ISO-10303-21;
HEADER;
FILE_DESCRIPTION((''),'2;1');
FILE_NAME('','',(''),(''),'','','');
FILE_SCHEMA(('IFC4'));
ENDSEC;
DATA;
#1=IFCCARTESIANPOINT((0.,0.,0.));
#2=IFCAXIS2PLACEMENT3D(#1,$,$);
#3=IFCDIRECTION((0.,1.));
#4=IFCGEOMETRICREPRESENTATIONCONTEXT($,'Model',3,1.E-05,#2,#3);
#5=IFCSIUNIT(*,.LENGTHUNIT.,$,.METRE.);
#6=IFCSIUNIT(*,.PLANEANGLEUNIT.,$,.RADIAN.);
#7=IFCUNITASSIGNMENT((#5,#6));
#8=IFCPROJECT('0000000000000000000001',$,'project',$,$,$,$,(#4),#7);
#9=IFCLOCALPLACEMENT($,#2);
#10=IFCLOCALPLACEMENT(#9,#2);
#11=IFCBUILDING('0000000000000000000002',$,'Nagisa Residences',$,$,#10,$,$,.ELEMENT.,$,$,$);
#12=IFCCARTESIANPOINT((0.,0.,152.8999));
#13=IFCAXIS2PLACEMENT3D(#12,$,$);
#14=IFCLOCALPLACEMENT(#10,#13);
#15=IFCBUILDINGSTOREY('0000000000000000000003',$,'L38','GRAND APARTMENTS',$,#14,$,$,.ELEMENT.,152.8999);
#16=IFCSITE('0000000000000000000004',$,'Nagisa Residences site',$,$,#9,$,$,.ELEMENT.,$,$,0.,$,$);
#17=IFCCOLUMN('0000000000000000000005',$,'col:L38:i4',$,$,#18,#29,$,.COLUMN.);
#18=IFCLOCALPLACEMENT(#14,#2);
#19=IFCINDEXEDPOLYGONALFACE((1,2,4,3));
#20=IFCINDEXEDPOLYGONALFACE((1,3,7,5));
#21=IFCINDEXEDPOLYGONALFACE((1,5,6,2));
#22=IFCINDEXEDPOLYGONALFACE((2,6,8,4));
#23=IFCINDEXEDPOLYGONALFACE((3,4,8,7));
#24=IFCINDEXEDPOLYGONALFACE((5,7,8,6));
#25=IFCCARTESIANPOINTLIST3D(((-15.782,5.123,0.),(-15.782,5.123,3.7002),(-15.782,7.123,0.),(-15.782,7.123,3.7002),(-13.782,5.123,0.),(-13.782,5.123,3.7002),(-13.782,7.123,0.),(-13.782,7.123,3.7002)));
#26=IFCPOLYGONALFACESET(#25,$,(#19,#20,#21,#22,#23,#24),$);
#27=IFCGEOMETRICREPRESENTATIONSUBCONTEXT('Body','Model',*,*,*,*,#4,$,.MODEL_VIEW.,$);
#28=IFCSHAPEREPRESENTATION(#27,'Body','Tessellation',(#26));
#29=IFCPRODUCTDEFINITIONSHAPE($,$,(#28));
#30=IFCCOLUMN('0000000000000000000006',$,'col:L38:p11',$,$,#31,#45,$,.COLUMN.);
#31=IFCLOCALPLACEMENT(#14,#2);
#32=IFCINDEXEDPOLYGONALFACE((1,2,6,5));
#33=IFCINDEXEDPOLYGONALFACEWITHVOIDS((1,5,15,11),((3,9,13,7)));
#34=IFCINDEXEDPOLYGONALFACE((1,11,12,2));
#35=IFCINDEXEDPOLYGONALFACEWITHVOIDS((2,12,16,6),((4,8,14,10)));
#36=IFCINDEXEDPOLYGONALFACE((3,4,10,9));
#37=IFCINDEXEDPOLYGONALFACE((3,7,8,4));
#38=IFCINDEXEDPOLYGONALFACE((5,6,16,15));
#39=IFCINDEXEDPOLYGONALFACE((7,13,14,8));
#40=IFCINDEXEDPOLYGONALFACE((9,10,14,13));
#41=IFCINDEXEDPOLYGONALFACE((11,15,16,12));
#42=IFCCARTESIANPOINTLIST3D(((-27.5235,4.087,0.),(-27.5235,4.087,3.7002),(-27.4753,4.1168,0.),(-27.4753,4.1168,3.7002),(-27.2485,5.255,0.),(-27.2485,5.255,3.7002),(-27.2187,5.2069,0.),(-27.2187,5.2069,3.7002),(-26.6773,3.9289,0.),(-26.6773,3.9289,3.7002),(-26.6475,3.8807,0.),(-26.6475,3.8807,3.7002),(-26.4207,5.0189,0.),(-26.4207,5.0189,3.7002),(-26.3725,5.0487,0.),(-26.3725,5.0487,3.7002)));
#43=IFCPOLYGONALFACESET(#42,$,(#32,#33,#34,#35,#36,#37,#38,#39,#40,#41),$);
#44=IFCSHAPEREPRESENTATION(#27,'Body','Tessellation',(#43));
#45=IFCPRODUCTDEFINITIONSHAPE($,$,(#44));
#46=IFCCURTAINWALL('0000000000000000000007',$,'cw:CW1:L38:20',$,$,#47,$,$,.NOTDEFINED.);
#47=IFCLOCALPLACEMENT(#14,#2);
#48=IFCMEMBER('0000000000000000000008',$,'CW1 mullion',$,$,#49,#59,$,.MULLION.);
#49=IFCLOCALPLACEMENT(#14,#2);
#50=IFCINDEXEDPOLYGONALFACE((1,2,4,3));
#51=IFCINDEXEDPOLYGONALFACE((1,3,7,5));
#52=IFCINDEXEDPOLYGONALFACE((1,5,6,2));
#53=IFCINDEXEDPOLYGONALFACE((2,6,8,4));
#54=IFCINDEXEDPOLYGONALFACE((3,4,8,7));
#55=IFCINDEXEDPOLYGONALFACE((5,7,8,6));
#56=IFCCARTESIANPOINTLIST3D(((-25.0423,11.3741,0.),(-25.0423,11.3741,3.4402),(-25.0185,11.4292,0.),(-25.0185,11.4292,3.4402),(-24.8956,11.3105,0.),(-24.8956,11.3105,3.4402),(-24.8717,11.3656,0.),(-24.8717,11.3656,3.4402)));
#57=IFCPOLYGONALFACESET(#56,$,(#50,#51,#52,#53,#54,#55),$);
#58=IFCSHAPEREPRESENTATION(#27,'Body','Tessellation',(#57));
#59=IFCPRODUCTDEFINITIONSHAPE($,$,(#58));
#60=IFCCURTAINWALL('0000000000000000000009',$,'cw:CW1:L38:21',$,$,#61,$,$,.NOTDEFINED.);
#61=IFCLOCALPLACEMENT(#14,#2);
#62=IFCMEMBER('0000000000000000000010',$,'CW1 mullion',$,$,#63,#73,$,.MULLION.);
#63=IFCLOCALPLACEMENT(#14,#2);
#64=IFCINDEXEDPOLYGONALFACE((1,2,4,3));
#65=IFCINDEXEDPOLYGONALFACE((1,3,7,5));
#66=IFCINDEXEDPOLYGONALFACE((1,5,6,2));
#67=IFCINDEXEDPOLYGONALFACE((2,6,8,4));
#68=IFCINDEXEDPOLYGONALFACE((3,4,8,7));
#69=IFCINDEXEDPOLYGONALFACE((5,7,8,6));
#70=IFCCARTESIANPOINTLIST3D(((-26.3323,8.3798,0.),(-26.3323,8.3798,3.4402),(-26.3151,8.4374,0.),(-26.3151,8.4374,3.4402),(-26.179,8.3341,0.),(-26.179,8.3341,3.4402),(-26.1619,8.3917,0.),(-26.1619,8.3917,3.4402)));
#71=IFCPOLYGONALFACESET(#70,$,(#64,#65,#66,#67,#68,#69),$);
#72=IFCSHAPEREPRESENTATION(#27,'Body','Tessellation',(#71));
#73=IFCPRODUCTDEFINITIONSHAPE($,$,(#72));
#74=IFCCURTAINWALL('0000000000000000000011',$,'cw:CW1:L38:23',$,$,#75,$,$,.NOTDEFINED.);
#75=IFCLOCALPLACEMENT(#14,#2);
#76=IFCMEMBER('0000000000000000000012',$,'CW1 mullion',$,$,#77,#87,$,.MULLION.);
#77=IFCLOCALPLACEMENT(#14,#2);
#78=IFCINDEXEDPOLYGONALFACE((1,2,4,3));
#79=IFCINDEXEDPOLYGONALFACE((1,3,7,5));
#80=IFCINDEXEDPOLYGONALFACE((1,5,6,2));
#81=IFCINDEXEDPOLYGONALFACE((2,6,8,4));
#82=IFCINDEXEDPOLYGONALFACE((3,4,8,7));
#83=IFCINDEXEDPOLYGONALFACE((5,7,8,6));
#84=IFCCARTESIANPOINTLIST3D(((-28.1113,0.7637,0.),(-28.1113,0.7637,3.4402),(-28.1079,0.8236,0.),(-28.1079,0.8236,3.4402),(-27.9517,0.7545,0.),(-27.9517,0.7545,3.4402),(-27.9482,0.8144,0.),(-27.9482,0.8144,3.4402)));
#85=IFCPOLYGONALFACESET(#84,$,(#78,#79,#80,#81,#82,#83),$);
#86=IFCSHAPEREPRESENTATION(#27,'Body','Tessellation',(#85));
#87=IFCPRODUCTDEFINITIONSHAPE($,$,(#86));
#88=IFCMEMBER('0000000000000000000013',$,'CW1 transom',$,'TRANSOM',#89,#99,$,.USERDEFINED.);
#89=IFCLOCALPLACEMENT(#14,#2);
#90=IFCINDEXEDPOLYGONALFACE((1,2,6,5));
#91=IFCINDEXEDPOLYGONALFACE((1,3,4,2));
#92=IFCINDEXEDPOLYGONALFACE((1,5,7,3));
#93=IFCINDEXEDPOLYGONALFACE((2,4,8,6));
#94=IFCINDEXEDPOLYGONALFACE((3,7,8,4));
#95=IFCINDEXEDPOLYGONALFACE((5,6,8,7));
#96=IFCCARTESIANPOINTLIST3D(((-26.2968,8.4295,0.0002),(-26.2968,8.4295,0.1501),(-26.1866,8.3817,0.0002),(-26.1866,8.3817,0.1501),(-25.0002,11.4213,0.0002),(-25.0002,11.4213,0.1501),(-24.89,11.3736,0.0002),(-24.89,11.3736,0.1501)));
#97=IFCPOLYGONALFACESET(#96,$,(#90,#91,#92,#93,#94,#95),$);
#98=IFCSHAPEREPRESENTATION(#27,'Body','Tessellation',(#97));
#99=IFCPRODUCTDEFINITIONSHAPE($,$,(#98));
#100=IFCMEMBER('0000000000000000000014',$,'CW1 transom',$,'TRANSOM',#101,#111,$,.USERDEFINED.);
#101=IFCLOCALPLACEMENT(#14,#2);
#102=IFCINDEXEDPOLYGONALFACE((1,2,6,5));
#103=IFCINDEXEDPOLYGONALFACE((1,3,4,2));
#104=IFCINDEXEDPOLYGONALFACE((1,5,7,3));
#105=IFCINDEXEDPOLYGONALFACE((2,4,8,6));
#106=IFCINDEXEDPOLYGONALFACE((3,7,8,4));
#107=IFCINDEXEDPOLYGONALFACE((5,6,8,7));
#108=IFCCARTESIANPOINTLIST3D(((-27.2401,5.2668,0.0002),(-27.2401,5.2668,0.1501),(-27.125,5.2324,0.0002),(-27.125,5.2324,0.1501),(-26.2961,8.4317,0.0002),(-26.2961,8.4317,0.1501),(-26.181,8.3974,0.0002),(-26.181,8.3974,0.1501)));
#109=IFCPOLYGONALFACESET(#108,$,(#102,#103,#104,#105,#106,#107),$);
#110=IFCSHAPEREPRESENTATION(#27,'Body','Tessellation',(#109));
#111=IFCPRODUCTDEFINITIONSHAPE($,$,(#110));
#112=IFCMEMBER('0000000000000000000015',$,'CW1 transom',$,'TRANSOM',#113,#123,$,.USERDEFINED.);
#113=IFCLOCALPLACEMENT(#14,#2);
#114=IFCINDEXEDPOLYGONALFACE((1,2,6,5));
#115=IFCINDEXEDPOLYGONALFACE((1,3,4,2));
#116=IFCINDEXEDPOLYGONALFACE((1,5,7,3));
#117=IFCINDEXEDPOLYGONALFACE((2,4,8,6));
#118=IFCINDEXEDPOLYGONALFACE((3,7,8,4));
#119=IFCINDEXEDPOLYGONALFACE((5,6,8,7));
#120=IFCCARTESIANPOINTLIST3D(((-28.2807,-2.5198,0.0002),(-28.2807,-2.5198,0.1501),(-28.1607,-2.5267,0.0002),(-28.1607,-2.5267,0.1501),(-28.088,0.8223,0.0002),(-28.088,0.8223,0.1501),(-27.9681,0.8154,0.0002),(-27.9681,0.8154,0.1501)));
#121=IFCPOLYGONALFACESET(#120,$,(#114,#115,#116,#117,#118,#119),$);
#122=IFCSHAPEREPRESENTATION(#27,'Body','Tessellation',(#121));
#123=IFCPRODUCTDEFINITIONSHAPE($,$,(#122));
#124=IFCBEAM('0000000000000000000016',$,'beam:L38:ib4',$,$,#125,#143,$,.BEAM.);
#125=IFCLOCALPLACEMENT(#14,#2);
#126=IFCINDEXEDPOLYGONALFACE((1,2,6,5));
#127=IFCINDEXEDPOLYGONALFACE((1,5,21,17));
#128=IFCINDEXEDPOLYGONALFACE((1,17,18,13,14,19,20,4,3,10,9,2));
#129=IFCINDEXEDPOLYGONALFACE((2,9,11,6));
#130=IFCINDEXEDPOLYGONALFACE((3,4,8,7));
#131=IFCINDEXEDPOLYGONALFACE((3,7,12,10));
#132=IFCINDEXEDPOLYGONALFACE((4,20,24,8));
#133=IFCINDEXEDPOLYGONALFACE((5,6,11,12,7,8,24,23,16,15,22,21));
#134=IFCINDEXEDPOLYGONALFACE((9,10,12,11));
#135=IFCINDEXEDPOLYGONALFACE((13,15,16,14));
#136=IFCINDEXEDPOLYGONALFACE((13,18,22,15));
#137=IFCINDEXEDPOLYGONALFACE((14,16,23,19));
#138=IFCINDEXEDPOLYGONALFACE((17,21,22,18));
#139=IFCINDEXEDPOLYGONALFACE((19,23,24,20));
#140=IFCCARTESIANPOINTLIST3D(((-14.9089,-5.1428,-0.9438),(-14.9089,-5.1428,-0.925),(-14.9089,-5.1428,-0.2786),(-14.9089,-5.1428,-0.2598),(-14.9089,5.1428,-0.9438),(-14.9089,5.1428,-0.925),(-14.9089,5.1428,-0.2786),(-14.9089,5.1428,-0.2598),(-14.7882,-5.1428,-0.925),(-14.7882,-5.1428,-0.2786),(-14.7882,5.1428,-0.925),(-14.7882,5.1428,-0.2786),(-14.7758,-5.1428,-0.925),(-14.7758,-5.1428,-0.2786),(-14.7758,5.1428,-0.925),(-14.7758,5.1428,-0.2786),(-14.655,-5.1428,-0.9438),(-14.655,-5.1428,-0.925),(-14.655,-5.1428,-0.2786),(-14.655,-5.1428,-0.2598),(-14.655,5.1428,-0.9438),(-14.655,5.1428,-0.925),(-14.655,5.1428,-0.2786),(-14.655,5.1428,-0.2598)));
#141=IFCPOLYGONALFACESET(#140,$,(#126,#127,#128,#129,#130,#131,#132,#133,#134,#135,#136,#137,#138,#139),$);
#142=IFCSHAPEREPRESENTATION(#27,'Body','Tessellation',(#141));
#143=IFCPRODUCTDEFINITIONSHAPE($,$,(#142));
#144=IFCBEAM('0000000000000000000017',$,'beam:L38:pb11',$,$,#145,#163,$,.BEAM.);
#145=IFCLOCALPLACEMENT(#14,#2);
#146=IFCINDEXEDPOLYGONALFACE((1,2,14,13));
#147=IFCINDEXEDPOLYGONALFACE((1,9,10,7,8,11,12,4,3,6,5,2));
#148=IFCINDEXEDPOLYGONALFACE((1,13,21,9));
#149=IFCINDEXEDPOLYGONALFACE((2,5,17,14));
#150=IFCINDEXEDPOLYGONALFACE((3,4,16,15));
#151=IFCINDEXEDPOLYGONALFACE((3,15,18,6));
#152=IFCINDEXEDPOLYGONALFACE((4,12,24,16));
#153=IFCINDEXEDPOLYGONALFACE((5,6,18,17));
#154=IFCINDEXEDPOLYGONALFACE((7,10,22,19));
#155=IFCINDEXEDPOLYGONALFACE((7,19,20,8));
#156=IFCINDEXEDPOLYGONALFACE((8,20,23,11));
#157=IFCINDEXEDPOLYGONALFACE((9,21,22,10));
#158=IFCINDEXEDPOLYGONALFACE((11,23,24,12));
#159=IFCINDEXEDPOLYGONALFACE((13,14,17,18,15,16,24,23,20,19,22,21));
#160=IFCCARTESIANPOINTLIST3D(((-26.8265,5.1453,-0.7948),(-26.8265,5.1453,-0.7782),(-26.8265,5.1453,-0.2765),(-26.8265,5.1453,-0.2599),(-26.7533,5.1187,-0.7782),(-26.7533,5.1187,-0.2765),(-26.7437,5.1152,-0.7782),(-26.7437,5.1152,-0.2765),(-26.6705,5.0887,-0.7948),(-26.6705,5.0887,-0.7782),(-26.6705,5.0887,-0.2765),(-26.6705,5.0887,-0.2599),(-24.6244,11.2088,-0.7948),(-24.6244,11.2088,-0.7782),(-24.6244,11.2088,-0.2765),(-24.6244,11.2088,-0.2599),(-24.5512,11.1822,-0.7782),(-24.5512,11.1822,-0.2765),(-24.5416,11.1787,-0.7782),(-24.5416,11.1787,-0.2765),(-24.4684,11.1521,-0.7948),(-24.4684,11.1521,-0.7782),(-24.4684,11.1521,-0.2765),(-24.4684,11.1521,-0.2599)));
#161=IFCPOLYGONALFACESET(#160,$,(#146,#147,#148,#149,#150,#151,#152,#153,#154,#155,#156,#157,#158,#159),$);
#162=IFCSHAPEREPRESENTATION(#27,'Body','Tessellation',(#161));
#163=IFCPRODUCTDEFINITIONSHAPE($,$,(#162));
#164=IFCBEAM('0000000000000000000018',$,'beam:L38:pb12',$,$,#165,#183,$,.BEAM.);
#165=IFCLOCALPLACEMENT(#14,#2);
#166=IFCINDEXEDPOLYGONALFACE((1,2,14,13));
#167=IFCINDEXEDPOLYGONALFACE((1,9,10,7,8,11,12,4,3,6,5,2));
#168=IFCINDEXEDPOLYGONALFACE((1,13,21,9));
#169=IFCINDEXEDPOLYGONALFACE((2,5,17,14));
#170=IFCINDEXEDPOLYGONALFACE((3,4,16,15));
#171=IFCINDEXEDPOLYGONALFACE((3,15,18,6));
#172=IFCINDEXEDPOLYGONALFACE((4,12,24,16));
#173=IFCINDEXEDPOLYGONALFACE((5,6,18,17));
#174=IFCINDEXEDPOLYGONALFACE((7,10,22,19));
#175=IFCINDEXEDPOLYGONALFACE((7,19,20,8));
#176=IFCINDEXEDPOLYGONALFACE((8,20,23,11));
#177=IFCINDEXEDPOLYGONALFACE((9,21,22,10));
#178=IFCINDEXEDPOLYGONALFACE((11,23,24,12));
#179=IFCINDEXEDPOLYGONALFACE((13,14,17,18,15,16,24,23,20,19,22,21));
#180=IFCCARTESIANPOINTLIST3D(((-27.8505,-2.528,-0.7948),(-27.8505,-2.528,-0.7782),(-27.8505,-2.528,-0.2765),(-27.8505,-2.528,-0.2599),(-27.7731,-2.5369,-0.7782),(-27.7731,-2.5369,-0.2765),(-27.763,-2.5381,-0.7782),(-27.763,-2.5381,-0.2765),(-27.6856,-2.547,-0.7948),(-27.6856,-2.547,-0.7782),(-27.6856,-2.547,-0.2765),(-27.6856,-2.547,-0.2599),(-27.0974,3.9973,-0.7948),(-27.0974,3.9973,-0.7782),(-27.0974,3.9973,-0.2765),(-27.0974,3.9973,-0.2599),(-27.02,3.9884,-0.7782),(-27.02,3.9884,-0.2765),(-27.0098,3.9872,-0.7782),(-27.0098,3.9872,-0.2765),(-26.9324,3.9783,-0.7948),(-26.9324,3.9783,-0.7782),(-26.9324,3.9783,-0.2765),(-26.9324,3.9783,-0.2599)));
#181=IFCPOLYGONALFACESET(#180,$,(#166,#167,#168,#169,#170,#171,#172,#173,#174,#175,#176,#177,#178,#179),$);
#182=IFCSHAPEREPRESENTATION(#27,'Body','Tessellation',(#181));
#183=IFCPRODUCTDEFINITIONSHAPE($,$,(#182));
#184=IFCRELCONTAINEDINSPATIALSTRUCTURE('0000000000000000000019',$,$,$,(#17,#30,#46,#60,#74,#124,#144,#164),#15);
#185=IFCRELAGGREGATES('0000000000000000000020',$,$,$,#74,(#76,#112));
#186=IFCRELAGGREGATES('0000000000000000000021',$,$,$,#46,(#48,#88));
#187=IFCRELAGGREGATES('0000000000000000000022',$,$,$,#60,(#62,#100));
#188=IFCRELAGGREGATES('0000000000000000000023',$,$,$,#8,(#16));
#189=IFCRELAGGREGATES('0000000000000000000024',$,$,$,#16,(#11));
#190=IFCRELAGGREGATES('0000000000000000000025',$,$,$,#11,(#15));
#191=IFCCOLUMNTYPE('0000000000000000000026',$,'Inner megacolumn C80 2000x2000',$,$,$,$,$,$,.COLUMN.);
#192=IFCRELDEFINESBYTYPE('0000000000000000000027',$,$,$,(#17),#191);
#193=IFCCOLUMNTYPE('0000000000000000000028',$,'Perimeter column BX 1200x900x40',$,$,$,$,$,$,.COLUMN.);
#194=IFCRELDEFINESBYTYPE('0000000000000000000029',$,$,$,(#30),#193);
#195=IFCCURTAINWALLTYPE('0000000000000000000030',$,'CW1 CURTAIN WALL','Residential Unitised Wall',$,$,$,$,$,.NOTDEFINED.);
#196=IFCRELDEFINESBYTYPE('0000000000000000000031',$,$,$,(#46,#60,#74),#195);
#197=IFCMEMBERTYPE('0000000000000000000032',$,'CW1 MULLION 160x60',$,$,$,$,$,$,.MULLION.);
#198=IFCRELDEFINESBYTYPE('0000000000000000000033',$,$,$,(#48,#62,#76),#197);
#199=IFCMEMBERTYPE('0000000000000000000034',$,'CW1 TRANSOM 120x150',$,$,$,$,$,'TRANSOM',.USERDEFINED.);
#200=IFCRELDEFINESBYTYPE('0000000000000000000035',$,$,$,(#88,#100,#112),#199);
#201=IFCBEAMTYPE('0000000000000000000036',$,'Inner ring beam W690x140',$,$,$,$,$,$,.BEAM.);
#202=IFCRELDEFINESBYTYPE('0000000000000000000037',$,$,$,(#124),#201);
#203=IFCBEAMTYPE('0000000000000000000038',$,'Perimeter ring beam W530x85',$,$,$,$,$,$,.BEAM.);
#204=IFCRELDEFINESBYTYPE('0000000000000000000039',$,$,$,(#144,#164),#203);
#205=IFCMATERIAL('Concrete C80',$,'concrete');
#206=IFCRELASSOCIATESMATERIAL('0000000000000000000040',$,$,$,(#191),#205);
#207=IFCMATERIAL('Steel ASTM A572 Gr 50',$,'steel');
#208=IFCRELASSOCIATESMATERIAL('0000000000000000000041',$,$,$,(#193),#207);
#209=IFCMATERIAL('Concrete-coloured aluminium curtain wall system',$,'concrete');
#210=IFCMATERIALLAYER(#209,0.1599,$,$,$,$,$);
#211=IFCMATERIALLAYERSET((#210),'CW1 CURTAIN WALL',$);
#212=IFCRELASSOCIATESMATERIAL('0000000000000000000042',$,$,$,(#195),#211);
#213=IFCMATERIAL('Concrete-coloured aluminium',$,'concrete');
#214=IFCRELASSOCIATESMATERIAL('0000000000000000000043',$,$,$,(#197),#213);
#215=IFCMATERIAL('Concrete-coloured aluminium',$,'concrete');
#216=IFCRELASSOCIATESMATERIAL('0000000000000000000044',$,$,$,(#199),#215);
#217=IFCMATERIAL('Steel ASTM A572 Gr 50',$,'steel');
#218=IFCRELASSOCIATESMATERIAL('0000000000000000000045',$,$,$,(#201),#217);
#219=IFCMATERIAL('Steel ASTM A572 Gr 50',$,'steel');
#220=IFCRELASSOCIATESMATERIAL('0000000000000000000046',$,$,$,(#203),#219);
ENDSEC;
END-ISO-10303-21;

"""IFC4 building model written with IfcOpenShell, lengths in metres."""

from ifc_helpers import new_model, si_unit, direction, frame, origin, origin_2d, place, context, subcontext, project, spatial, rectangle, hollow_rectangle, i_section, extrude, material, layer, layer_set, material_profile, profile_set, type_object, element, aggregate, save


model = new_model("IFC4")

# Units and contexts
model_context = context("Model", 3, precision=1e-05, world=origin(), true_north=direction((0.0, 1.0)))
body_context = subcontext(model_context, "Body", "Model", "MODEL_VIEW")
ifc_project = project(units=[si_unit("LENGTHUNIT", "METRE"), si_unit("PLANEANGLEUNIT", "RADIAN")], contexts=[model_context])

# Site, building, storey
site_placement = place(None, origin())
site = spatial("IfcSite", under=ifc_project, at=site_placement, Name="Nagisa Residences site", CompositionType="ELEMENT", RefElevation=0.0)
building_placement = place(site_placement, origin())
building = spatial("IfcBuilding", under=site, at=building_placement, Name="Nagisa Residences", CompositionType="ELEMENT")
storey_placement = place(building_placement, frame((0.0, 0.0, 152.8999)))
storey = spatial("IfcBuildingStorey", under=building, at=storey_placement, Name="L38", Description="GRAND APARTMENTS", CompositionType="ELEMENT", Elevation=152.8999)

# Columns
ifc_material_1 = material(Name="Concrete C80", Category="concrete")
ifc_material_profile_1 = material_profile(ifc_material_1, rectangle(XDim=2.0, YDim=2.0, at=origin_2d()), Name="C80 2000x2000")
ifc_profile_set_1 = profile_set([ifc_material_profile_1], Name="Concrete C80")
column_type_1 = type_object("IfcColumnType", Name="Inner megacolumn C80 2000x2000", PredefinedType="COLUMN", material=ifc_profile_set_1)
column_1_placement = place(storey_placement, frame((-14.782, 6.123, 0.0), z_axis=(0.0, 0.0, 1.0), x_axis=(1.0, 0.0, 0.0)))
element("IfcColumn", 1, at=column_1_placement, inside=storey, type_object=column_type_1, Name="col:L38:i4", PredefinedType="COLUMN", context=body_context, shape_type="SweptSolid", body=[
    extrude(rectangle(XDim=2.0, YDim=2.0, at=origin_2d()), origin(), (0.0, 0.0, 1.0), 3.7002),
])
ifc_material_2 = material(Name="Steel ASTM A572 Gr 50", Category="steel")
ifc_material_profile_2 = material_profile(ifc_material_2, hollow_rectangle(XDim=1.2, YDim=0.8999, WallThickness=0.04, at=origin_2d()), Name="BX 1200x900x40")
ifc_profile_set_2 = profile_set([ifc_material_profile_2], Name="Steel ASTM A572 Gr 50")
column_type_2 = type_object("IfcColumnType", Name="Perimeter column BX 1200x900x40", PredefinedType="COLUMN", material=ifc_profile_set_2)
column_2_placement = place(storey_placement, frame((-26.948, 4.5679, 0.0), z_axis=(0.0, 0.0, 1.0), x_axis=(-0.229202, -0.973379, 0.0)))
element("IfcColumn", 2, at=column_2_placement, inside=storey, type_object=column_type_2, Name="col:L38:p11", PredefinedType="COLUMN", context=body_context, shape_type="SweptSolid", body=[
    extrude(hollow_rectangle(XDim=1.2, YDim=0.8999, WallThickness=0.04, at=origin_2d()), origin(), (0.0, 0.0, 1.0), 3.7002),
])

# Curtain walls, members
ifc_material_3 = material(Name="Concrete-coloured aluminium curtain wall system", Category="concrete")
ifc_layer_1 = layer(ifc_material_3, 0.1599)
ifc_layer_set_1 = layer_set([ifc_layer_1], Name="CW1 CURTAIN WALL")
curtain_wall_type = type_object("IfcCurtainWallType", Name="CW1 CURTAIN WALL", Description="Residential Unitised Wall", PredefinedType="NOTDEFINED", material=ifc_layer_set_1)
curtain_wall_1_placement = place(storey_placement, origin())
curtain_wall_1 = element("IfcCurtainWall", 3, at=curtain_wall_1_placement, inside=storey, type_object=curtain_wall_type, Name="cw:CW1:L38:20", PredefinedType="NOTDEFINED")
ifc_material_4 = material(Name="Concrete-coloured aluminium", Category="concrete")
ifc_material_profile_3 = material_profile(ifc_material_4, rectangle(XDim=0.1599, YDim=0.0601, at=origin_2d()), Name="CW1 MULLION 160x60")
ifc_profile_set_3 = profile_set([ifc_material_profile_3], Name="Concrete-coloured aluminium")
member_type_1 = type_object("IfcMemberType", Name="CW1 MULLION 160x60", PredefinedType="MULLION", material=ifc_profile_set_3)
member_1_placement = place(storey_placement, frame((-24.957, 11.3699, 0.0), z_axis=(0.0, 0.0, 1.0), x_axis=(0.917543, -0.397636, 0.0)))
member_1 = element("IfcMember", 4, at=member_1_placement, type_object=member_type_1, Name="CW1 mullion", PredefinedType="MULLION", context=body_context, shape_type="SweptSolid", body=[
    extrude(rectangle(XDim=0.1599, YDim=0.0601, at=origin_2d()), origin(), (0.0, 0.0, 1.0), 3.4402),
])
curtain_wall_2_placement = place(storey_placement, origin())
curtain_wall_2 = element("IfcCurtainWall", 5, at=curtain_wall_2_placement, inside=storey, type_object=curtain_wall_type, Name="cw:CW1:L38:21", PredefinedType="NOTDEFINED")
member_2_placement = place(storey_placement, frame((-26.2471, 8.3857, 0.0), z_axis=(0.0, 0.0, 1.0), x_axis=(0.958271, -0.28586, 0.0)))
member_2 = element("IfcMember", 6, at=member_2_placement, type_object=member_type_1, Name="CW1 mullion", PredefinedType="MULLION", context=body_context, shape_type="SweptSolid", body=[
    extrude(rectangle(XDim=0.1599, YDim=0.0601, at=origin_2d()), origin(), (0.0, 0.0, 1.0), 3.4402),
])
curtain_wall_3_placement = place(storey_placement, origin())
curtain_wall_3 = element("IfcCurtainWall", 7, at=curtain_wall_3_placement, inside=storey, type_object=curtain_wall_type, Name="cw:CW1:L38:23", PredefinedType="NOTDEFINED")
member_3_placement = place(storey_placement, frame((-28.0298, 0.7891, 0.0), z_axis=(0.0, 0.0, 1.0), x_axis=(0.998345, -0.057503, 0.0)))
member_3 = element("IfcMember", 8, at=member_3_placement, type_object=member_type_1, Name="CW1 mullion", PredefinedType="MULLION", context=body_context, shape_type="SweptSolid", body=[
    extrude(rectangle(XDim=0.1599, YDim=0.0601, at=origin_2d()), origin(), (0.0, 0.0, 1.0), 3.4402),
])

# Members
ifc_material_5 = material(Name="Concrete-coloured aluminium", Category="concrete")
ifc_material_profile_4 = material_profile(ifc_material_5, rectangle(XDim=0.1201, YDim=0.1499, at=origin_2d()), Name="CW1 TRANSOM 120x150")
ifc_profile_set_4 = profile_set([ifc_material_profile_4], Name="Concrete-coloured aluminium")
member_type_2 = type_object("IfcMemberType", Name="CW1 TRANSOM 120x150", ElementType="TRANSOM", PredefinedType="USERDEFINED", material=ifc_profile_set_4)
member_4_placement = place(storey_placement, frame((-24.9451, 11.3975, 0.0752), z_axis=(-0.397639, -0.917542, 0.0), x_axis=(0.917542, -0.397639, 0.0)))
member_4 = element("IfcMember", 9, at=member_4_placement, type_object=member_type_2, Name="CW1 transom", ObjectType="TRANSOM", PredefinedType="USERDEFINED", context=body_context, shape_type="SweptSolid", body=[
    extrude(rectangle(XDim=0.1201, YDim=0.1499, at=origin_2d()), origin(), (0.0, 0.0, 1.0), 3.2607),
])
member_5_placement = place(storey_placement, frame((-26.2385, 8.4146, 0.0752), z_axis=(-0.285842, -0.958277, 0.0), x_axis=(0.958277, -0.285842, 0.0)))
member_5 = element("IfcMember", 10, at=member_5_placement, type_object=member_type_2, Name="CW1 transom", ObjectType="TRANSOM", PredefinedType="USERDEFINED", context=body_context, shape_type="SweptSolid", body=[
    extrude(rectangle(XDim=0.1201, YDim=0.1499, at=origin_2d()), origin(), (0.0, 0.0, 1.0), 3.3027),
])
member_6_placement = place(storey_placement, frame((-28.0281, 0.8188, 0.0752), z_axis=(-0.057542, -0.998343, 0.0), x_axis=(0.998343, -0.057542, 0.0)))
member_6 = element("IfcMember", 11, at=member_6_placement, type_object=member_type_2, Name="CW1 transom", ObjectType="TRANSOM", PredefinedType="USERDEFINED", context=body_context, shape_type="SweptSolid", body=[
    extrude(rectangle(XDim=0.1201, YDim=0.1499, at=origin_2d()), origin(), (0.0, 0.0, 1.0), 3.3477),
])
aggregate(curtain_wall_3, [member_3, member_6])

# Beams
ifc_material_6 = material(Name="Steel ASTM A572 Gr 50", Category="steel")
ifc_material_profile_5 = material_profile(ifc_material_6, i_section(OverallWidth=0.2539, OverallDepth=0.6841, WebThickness=0.0125, FlangeThickness=0.0188, at=origin_2d()), Name="W690x140")
ifc_profile_set_5 = profile_set([ifc_material_profile_5], Name="Steel ASTM A572 Gr 50")
beam_type_1 = type_object("IfcBeamType", Name="Inner ring beam W690x140", PredefinedType="BEAM", material=ifc_profile_set_5)
beam_1_placement = place(storey_placement, frame((-14.782, 5.1428, -0.6018), z_axis=(0.0, -1.0, 0.0), x_axis=(1.0, 0.0, 0.0)))
element("IfcBeam", 12, at=beam_1_placement, inside=storey, type_object=beam_type_1, Name="beam:L38:ib4", PredefinedType="BEAM", context=body_context, shape_type="SweptSolid", body=[
    extrude(i_section(OverallWidth=0.2539, OverallDepth=0.6841, WebThickness=0.0125, FlangeThickness=0.0188, at=origin_2d()), origin(), (0.0, 0.0, 1.0), 10.2856),
])
ifc_material_7 = material(Name="Steel ASTM A572 Gr 50", Category="steel")
ifc_material_profile_6 = material_profile(ifc_material_7, i_section(OverallWidth=0.166, OverallDepth=0.5349, WebThickness=0.0103, FlangeThickness=0.0166, at=origin_2d()), Name="W530x85")
ifc_profile_set_6 = profile_set([ifc_material_profile_6], Name="Steel ASTM A572 Gr 50")
beam_type_2 = type_object("IfcBeamType", Name="Perimeter ring beam W530x85", PredefinedType="BEAM", material=ifc_profile_set_6)
beam_2_placement = place(storey_placement, frame((-24.5464, 11.1804, -0.5273), z_axis=(-0.341366, -0.93993, 0.0), x_axis=(0.93993, -0.341366, 0.0)))
element("IfcBeam", 13, at=beam_2_placement, inside=storey, type_object=beam_type_2, Name="beam:L38:pb11", PredefinedType="BEAM", context=body_context, shape_type="SweptSolid", body=[
    extrude(i_section(OverallWidth=0.166, OverallDepth=0.5349, WebThickness=0.0103, FlangeThickness=0.0166, at=origin_2d()), origin(), (0.0, 0.0, 1.0), 6.4509),
])
beam_3_placement = place(storey_placement, frame((-27.0149, 3.9878, -0.5273), z_axis=(-0.114661, -0.993405, 0.0), x_axis=(0.993405, -0.114661, 0.0)))
element("IfcBeam", 14, at=beam_3_placement, inside=storey, type_object=beam_type_2, Name="beam:L38:pb12", PredefinedType="BEAM", context=body_context, shape_type="SweptSolid", body=[
    extrude(i_section(OverallWidth=0.166, OverallDepth=0.5349, WebThickness=0.0103, FlangeThickness=0.0166, at=origin_2d()), origin(), (0.0, 0.0, 1.0), 6.5686),
])

aggregate(curtain_wall_1, [member_1, member_4])
aggregate(curtain_wall_2, [member_2, member_5])

save(model, "model.ifc")
